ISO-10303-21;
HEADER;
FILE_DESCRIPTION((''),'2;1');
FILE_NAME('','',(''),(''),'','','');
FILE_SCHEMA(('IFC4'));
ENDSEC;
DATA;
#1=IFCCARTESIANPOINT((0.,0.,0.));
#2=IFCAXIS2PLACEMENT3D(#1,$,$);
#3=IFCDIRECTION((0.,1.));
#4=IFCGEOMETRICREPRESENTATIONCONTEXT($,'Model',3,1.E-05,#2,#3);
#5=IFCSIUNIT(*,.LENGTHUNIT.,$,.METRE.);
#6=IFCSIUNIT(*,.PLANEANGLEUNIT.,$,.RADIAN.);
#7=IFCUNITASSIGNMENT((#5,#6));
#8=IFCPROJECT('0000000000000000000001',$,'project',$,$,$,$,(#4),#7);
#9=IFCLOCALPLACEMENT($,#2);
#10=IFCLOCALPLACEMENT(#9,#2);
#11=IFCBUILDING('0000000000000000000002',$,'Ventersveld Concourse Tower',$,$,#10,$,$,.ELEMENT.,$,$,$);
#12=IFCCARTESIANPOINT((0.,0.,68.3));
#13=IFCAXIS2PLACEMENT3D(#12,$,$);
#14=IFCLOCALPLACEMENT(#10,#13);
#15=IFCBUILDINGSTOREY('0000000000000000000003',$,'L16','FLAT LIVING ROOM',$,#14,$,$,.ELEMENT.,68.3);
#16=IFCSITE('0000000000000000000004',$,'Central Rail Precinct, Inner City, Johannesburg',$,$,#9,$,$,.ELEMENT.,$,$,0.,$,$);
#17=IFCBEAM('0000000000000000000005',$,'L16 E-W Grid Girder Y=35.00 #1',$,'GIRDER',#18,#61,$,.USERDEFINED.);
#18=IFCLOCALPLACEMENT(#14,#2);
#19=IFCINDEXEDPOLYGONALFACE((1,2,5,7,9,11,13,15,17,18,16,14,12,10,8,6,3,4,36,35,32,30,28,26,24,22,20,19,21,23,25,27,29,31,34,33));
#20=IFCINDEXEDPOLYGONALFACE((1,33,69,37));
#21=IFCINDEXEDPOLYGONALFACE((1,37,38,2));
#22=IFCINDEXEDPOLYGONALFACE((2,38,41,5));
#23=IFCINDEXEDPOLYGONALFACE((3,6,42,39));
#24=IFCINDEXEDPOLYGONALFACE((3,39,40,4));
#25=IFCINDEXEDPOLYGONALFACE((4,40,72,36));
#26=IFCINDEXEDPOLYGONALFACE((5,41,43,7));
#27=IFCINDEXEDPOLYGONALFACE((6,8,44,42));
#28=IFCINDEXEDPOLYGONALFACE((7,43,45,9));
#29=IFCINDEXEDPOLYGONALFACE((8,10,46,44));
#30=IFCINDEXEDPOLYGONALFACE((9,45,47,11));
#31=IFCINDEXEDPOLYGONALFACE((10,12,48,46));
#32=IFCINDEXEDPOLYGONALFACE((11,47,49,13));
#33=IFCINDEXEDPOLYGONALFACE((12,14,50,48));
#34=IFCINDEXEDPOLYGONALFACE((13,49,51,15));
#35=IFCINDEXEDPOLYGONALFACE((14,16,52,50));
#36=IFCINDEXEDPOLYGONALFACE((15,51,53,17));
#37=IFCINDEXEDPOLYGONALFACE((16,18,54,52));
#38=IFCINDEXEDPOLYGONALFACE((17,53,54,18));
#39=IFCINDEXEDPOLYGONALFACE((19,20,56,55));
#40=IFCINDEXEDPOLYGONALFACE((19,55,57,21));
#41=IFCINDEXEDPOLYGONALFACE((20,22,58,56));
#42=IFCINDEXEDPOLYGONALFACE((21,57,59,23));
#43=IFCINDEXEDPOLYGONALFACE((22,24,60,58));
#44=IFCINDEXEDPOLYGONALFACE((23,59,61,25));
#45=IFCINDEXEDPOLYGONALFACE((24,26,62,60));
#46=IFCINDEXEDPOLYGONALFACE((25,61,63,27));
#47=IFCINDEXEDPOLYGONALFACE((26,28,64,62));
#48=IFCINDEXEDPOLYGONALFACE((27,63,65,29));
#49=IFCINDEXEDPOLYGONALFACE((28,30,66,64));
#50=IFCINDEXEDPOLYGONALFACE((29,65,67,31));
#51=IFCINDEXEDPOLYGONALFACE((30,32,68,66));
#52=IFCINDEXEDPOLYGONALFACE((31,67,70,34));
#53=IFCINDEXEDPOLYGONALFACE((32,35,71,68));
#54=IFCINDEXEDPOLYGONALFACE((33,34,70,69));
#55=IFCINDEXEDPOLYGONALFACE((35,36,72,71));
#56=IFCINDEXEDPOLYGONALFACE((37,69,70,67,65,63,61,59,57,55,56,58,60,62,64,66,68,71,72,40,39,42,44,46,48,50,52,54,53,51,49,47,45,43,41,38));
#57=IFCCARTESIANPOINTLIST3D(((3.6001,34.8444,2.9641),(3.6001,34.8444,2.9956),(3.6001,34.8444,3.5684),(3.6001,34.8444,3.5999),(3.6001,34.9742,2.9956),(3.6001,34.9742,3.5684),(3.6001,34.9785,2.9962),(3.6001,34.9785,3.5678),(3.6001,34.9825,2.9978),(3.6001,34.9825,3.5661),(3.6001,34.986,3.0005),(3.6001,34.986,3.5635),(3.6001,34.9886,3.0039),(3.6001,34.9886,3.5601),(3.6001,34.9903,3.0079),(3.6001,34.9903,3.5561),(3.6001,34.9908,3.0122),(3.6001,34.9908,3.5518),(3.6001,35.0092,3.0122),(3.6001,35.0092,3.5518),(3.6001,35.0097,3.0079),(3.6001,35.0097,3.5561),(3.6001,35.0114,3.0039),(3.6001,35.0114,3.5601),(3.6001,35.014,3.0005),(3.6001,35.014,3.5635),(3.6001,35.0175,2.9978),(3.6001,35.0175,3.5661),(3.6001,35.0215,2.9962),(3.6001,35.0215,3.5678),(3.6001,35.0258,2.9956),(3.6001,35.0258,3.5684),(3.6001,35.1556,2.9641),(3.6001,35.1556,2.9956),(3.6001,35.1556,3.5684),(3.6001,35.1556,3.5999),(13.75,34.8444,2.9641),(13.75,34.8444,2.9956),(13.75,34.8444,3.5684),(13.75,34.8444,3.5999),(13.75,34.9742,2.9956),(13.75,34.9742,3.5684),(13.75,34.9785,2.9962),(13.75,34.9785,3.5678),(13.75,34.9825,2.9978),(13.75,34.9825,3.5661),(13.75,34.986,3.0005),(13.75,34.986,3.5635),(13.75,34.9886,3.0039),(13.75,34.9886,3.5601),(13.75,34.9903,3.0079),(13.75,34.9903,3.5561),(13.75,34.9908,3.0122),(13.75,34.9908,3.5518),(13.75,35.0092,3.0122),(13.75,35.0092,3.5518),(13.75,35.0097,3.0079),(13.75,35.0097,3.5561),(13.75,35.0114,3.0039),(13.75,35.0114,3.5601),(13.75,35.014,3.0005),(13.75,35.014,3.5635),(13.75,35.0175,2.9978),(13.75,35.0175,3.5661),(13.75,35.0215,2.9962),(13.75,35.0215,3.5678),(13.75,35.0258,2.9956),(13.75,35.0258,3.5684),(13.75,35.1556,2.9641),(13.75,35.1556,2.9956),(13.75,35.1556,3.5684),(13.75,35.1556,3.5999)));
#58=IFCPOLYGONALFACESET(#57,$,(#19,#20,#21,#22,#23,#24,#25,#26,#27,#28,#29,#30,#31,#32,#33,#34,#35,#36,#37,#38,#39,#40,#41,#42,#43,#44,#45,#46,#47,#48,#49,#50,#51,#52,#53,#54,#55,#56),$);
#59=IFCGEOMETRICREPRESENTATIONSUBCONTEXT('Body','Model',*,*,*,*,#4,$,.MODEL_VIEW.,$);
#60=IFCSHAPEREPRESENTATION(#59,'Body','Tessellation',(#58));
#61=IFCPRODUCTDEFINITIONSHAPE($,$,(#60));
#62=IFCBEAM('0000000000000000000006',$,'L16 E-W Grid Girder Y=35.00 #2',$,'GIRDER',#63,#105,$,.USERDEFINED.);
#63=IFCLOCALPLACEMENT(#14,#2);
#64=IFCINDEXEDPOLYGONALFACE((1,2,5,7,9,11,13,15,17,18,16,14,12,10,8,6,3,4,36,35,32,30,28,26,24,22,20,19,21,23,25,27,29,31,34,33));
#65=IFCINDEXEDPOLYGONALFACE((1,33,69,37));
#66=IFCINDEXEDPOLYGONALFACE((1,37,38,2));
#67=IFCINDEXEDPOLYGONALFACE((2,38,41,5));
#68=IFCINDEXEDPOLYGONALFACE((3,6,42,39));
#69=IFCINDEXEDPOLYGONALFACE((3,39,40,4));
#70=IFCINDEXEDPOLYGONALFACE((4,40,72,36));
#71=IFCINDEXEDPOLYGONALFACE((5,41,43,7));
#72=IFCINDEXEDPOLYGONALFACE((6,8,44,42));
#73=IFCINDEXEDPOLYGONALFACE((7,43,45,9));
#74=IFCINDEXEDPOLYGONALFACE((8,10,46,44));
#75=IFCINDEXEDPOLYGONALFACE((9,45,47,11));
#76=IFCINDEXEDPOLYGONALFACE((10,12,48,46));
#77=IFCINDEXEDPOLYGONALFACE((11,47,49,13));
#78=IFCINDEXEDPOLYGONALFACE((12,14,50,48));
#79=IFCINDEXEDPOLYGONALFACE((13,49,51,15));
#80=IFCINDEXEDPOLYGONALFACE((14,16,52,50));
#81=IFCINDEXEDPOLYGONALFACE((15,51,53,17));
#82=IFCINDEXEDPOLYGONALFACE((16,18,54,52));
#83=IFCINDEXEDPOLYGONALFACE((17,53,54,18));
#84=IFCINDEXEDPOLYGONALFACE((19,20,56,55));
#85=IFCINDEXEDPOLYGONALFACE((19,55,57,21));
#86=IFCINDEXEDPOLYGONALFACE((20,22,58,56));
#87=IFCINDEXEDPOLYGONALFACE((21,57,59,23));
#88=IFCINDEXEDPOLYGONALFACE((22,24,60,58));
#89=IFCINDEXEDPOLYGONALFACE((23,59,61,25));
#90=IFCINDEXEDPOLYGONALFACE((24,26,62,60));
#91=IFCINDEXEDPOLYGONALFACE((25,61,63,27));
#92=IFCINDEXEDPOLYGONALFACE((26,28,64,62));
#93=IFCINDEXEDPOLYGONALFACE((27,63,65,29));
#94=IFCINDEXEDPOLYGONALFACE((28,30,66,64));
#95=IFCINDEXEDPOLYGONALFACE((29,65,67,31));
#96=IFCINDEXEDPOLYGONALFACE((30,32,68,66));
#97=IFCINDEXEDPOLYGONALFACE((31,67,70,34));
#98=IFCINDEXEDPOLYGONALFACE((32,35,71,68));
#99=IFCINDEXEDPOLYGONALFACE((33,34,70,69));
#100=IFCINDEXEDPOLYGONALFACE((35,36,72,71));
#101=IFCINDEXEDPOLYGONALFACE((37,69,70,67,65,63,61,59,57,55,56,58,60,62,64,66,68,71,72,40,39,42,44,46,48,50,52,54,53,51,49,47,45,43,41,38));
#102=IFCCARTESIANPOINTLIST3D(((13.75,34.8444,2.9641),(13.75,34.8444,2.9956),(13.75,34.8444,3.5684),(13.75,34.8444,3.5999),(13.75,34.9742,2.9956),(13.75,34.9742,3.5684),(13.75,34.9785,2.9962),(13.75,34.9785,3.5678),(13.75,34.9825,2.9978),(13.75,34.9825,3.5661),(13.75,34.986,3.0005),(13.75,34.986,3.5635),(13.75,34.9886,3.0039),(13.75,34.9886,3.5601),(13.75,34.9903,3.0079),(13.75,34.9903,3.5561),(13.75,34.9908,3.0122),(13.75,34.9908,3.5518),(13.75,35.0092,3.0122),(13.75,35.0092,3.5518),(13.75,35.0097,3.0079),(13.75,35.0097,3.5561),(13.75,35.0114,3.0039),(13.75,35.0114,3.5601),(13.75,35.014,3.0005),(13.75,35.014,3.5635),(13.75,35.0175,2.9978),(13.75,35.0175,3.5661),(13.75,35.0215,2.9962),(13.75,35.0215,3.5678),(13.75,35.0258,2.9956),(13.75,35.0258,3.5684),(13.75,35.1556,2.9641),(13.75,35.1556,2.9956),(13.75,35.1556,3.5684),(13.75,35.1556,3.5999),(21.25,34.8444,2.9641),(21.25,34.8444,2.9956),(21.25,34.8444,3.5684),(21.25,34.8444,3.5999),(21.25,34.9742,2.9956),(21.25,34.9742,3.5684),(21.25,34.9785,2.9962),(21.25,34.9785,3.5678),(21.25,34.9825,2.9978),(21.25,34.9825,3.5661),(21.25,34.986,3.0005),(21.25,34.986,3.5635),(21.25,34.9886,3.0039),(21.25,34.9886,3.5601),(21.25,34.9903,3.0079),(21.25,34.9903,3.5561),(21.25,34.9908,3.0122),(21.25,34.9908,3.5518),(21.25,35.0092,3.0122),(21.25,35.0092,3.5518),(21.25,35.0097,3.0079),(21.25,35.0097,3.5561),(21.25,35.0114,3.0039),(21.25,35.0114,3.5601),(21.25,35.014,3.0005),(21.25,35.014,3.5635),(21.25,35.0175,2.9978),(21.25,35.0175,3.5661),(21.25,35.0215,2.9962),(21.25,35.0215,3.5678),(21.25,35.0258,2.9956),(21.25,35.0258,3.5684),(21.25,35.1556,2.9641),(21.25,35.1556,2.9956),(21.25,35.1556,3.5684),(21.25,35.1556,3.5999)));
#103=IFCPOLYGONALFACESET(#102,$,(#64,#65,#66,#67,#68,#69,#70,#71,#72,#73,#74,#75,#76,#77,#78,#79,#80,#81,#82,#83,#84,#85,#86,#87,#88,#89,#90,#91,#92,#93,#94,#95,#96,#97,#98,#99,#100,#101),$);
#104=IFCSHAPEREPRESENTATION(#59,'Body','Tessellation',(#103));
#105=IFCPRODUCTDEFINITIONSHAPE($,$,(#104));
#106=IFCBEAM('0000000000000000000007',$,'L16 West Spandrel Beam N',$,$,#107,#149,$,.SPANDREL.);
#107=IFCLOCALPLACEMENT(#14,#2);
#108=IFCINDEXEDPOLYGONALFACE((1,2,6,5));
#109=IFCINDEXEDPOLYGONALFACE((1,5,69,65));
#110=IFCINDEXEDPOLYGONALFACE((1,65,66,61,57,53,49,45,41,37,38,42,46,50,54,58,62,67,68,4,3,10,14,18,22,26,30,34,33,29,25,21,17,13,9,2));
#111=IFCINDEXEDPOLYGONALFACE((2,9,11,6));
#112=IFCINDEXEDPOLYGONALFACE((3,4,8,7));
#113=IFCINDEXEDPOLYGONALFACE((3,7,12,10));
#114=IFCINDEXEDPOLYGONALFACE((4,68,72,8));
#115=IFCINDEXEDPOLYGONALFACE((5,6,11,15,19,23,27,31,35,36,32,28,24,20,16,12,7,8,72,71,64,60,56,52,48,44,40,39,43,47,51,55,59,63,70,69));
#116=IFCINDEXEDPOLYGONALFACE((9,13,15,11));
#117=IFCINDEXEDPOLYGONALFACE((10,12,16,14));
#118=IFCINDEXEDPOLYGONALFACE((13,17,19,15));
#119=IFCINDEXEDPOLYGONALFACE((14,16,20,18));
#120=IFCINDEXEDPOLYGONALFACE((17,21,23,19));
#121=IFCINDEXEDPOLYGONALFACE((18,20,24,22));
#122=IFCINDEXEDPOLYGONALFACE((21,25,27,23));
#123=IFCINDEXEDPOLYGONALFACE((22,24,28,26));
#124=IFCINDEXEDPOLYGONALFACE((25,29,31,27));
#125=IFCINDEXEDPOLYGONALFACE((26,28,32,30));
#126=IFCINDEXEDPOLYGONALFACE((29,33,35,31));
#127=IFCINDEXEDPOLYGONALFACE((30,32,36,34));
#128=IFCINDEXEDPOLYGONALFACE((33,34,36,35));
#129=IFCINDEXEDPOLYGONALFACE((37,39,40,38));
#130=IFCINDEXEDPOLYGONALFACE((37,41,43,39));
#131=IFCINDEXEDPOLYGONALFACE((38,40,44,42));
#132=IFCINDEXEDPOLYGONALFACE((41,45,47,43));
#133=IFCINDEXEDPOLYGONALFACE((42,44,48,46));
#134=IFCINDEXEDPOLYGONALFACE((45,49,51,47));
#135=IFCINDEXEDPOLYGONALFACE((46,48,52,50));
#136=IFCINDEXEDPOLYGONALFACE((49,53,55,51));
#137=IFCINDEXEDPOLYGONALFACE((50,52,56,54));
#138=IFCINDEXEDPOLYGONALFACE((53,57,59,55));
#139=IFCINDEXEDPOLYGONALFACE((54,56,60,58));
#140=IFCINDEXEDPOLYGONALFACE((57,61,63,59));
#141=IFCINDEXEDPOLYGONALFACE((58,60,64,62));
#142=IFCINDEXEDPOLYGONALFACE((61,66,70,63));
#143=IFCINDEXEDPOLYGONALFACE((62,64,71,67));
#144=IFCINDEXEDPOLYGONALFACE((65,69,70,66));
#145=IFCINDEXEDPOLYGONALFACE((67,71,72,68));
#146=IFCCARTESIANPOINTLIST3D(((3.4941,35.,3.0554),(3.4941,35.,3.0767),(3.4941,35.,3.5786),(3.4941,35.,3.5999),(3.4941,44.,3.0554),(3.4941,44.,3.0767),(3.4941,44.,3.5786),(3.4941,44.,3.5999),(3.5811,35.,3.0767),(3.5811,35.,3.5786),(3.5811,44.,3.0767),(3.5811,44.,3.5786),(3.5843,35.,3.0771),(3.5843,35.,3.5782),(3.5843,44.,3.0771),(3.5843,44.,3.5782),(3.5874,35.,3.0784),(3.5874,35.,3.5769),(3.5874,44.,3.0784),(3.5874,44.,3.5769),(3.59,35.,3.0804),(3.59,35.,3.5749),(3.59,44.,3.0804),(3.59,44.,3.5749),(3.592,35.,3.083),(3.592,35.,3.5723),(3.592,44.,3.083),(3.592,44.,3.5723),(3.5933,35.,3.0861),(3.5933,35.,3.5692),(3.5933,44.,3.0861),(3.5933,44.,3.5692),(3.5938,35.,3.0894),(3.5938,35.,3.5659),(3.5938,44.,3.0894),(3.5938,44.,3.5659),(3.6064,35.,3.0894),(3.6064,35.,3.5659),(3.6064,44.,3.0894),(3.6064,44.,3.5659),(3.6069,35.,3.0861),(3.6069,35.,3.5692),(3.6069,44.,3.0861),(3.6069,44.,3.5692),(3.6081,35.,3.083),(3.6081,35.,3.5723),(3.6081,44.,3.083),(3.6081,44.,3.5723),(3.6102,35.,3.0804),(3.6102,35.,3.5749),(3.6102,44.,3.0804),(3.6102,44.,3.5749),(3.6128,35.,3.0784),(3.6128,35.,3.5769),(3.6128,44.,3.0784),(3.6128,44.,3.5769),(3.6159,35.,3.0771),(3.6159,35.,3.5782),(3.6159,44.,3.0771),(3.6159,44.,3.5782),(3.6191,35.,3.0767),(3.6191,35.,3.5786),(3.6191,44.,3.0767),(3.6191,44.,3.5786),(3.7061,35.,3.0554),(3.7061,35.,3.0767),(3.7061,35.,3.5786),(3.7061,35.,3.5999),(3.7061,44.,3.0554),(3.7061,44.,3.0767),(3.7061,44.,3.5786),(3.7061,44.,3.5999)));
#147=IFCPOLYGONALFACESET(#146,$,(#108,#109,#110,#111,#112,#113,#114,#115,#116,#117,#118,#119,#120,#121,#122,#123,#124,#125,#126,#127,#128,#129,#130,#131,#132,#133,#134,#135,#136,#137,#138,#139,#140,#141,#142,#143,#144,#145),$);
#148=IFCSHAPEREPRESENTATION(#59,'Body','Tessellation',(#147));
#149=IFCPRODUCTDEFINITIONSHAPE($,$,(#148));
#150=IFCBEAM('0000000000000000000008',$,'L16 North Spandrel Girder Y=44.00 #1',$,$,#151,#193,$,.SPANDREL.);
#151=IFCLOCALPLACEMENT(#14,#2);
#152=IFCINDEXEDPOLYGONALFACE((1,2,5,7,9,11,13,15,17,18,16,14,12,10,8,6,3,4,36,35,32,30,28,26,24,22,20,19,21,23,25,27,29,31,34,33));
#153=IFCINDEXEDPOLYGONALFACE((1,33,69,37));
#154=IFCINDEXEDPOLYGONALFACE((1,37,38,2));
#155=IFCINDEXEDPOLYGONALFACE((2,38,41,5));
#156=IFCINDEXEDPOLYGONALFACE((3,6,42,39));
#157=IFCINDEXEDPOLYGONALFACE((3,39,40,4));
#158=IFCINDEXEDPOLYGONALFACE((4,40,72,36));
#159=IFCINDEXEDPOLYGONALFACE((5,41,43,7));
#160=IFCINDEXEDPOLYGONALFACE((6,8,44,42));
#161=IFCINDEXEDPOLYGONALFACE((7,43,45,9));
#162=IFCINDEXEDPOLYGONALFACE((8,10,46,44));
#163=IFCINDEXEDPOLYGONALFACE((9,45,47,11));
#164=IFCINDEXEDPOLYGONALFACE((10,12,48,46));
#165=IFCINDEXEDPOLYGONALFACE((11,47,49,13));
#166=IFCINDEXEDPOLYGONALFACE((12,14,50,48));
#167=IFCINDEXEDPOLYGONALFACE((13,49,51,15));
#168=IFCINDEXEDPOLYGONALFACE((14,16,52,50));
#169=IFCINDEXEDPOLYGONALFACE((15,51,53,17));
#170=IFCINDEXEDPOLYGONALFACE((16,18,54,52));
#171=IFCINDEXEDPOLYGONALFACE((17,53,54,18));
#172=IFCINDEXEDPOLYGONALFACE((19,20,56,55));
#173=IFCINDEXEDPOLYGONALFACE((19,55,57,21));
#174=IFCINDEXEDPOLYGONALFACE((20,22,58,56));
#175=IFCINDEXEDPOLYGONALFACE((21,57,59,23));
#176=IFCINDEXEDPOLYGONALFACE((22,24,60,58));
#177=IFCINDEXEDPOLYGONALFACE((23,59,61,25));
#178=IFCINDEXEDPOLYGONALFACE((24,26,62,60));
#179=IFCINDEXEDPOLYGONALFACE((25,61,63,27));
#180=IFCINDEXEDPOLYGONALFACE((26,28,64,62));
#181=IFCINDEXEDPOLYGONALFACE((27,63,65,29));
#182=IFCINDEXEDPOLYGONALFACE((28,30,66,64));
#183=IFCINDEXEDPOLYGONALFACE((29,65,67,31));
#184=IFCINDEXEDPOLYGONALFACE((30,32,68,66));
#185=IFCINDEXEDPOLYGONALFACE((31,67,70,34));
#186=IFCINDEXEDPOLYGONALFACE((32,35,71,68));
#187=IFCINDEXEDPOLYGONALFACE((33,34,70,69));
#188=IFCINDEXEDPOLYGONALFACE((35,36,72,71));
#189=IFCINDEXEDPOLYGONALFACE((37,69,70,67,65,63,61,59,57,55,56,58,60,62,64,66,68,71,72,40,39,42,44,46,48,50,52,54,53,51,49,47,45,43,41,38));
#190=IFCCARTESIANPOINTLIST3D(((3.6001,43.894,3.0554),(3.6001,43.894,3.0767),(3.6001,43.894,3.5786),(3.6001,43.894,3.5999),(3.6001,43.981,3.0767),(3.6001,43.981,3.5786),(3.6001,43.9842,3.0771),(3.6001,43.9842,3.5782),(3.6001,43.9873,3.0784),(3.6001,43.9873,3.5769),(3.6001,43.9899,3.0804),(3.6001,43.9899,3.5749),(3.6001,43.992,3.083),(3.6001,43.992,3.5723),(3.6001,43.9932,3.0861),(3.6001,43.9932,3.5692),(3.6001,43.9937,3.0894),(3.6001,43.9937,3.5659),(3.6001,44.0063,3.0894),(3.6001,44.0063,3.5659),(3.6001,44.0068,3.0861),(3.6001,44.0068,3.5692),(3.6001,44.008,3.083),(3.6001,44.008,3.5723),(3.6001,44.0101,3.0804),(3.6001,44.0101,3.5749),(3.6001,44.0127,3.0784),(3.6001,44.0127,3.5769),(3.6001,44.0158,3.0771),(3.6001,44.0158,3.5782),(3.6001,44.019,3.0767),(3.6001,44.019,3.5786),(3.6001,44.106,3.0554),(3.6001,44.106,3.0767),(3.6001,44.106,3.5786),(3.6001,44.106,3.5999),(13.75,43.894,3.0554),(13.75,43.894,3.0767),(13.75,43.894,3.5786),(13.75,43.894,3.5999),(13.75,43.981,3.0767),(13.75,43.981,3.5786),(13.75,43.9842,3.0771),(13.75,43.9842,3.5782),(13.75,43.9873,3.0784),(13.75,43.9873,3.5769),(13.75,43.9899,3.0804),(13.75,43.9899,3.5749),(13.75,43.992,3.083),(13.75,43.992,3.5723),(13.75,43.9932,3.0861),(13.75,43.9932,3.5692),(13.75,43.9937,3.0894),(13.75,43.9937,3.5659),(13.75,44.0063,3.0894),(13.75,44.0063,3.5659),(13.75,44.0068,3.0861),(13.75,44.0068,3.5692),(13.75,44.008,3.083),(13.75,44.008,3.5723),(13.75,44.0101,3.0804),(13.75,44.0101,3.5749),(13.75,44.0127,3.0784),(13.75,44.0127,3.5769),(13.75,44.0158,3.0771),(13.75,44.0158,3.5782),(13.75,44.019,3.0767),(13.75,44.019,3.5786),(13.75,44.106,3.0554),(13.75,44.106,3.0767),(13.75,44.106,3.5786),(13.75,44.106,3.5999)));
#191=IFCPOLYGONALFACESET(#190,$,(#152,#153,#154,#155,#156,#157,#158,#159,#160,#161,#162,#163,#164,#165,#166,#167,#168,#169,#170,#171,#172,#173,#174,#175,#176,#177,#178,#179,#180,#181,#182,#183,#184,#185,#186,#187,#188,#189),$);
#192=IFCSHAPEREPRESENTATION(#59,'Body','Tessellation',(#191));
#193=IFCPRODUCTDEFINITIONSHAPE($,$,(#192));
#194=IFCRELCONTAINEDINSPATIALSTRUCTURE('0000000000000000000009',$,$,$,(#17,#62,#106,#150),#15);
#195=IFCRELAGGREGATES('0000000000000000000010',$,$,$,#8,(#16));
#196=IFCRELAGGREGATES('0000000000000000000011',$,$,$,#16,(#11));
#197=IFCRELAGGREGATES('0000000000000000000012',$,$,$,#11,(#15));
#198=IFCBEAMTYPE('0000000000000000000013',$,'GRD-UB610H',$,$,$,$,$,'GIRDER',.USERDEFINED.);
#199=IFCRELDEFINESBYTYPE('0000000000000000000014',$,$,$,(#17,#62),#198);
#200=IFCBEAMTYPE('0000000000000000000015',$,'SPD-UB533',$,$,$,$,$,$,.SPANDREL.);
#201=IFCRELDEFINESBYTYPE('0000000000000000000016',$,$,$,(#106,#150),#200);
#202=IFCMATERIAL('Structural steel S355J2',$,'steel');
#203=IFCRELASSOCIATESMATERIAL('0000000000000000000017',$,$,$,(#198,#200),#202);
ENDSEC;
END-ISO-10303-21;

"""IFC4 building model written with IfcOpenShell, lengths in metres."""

from ifc_helpers import new_model, si_unit, direction, frame, origin, origin_2d, place, context, subcontext, project, spatial, i_section, extrude, material, material_profile, profile_set, type_object, element, save


model = new_model("IFC4")

# Units and contexts
model_context = context("Model", 3, precision=1e-05, world=origin(), true_north=direction((0.0, 1.0)))
body_context = subcontext(model_context, "Body", "Model", "MODEL_VIEW")
ifc_project = project(units=[si_unit("LENGTHUNIT", "METRE"), si_unit("PLANEANGLEUNIT", "RADIAN")], contexts=[model_context])

# Site, building, storey
site_placement = place(None, origin())
site = spatial("IfcSite", under=ifc_project, at=site_placement, Name="Central Rail Precinct, Inner City, Johannesburg", CompositionType="ELEMENT", RefElevation=0.0)
building_placement = place(site_placement, origin())
building = spatial("IfcBuilding", under=site, at=building_placement, Name="Ventersveld Concourse Tower", CompositionType="ELEMENT")
storey_placement = place(building_placement, frame((0.0, 0.0, 68.3)))
storey = spatial("IfcBuildingStorey", under=building, at=storey_placement, Name="L16", Description="FLAT LIVING ROOM", CompositionType="ELEMENT", Elevation=68.3)

# Beams
ifc_material_1 = material(Name="Structural steel S355J2", Category="steel")
ifc_material_profile_1 = material_profile(ifc_material_1, i_section(OverallWidth=0.3113, OverallDepth=0.6357, WebThickness=0.0183, FlangeThickness=0.0315, FilletRadius=0.0166, at=origin_2d()), Name="UB 610x305x238")
ifc_profile_set_1 = profile_set([ifc_material_profile_1], Name="Structural steel S355J2")
beam_type_1 = type_object("IfcBeamType", Name="GRD-UB610H", ElementType="GIRDER", PredefinedType="USERDEFINED", material=ifc_profile_set_1)
beam_1_placement = place(storey_placement, frame((3.6001, 35.0, 3.282), z_axis=(1.0, 0.0, 0.0), x_axis=(0.0, 1.0, 0.0)))
element("IfcBeam", 1, at=beam_1_placement, inside=storey, type_object=beam_type_1, Name="L16 E-W Grid Girder Y=35.00 #1", ObjectType="GIRDER", PredefinedType="USERDEFINED", context=body_context, shape_type="SweptSolid", body=[
    extrude(i_section(OverallWidth=0.3113, OverallDepth=0.6357, WebThickness=0.0183, FlangeThickness=0.0315, FilletRadius=0.0166, at=origin_2d()), origin(), (0.0, 0.0, 1.0), 10.1499),
])
beam_2_placement = place(storey_placement, frame((13.75, 35.0, 3.282), z_axis=(1.0, 0.0, 0.0), x_axis=(0.0, 1.0, 0.0)))
element("IfcBeam", 2, at=beam_2_placement, inside=storey, type_object=beam_type_1, Name="L16 E-W Grid Girder Y=35.00 #2", ObjectType="GIRDER", PredefinedType="USERDEFINED", context=body_context, shape_type="SweptSolid", body=[
    extrude(i_section(OverallWidth=0.3113, OverallDepth=0.6357, WebThickness=0.0183, FlangeThickness=0.0315, FilletRadius=0.0166, at=origin_2d()), origin(), (0.0, 0.0, 1.0), 7.5),
])
ifc_material_profile_2 = material_profile(ifc_material_1, i_section(OverallWidth=0.2119, OverallDepth=0.5444, WebThickness=0.0127, FlangeThickness=0.0212, FilletRadius=0.0127, at=origin_2d()), Name="UB 533x210x122")
ifc_profile_set_2 = profile_set([ifc_material_profile_2], Name="Structural steel S355J2")
beam_type_2 = type_object("IfcBeamType", Name="SPD-UB533", PredefinedType="SPANDREL", material=ifc_profile_set_2)
beam_3_placement = place(storey_placement, frame((3.6001, 35.0, 3.3276), z_axis=(0.0, 1.0, 0.0), x_axis=(-1.0, 0.0, 0.0)))
element("IfcBeam", 3, at=beam_3_placement, inside=storey, type_object=beam_type_2, Name="L16 West Spandrel Beam N", PredefinedType="SPANDREL", context=body_context, shape_type="SweptSolid", body=[
    extrude(i_section(OverallWidth=0.2119, OverallDepth=0.5444, WebThickness=0.0127, FlangeThickness=0.0212, FilletRadius=0.0127, at=origin_2d()), origin(), (0.0, 0.0, 1.0), 9.0),
])
beam_4_placement = place(storey_placement, frame((3.6001, 44.0, 3.3276), z_axis=(1.0, 0.0, 0.0), x_axis=(0.0, 1.0, 0.0)))
element("IfcBeam", 4, at=beam_4_placement, inside=storey, type_object=beam_type_2, Name="L16 North Spandrel Girder Y=44.00 #1", PredefinedType="SPANDREL", context=body_context, shape_type="SweptSolid", body=[
    extrude(i_section(OverallWidth=0.2119, OverallDepth=0.5444, WebThickness=0.0127, FlangeThickness=0.0212, FilletRadius=0.0127, at=origin_2d()), origin(), (0.0, 0.0, 1.0), 10.1499),
])

save(model, "model.ifc")
